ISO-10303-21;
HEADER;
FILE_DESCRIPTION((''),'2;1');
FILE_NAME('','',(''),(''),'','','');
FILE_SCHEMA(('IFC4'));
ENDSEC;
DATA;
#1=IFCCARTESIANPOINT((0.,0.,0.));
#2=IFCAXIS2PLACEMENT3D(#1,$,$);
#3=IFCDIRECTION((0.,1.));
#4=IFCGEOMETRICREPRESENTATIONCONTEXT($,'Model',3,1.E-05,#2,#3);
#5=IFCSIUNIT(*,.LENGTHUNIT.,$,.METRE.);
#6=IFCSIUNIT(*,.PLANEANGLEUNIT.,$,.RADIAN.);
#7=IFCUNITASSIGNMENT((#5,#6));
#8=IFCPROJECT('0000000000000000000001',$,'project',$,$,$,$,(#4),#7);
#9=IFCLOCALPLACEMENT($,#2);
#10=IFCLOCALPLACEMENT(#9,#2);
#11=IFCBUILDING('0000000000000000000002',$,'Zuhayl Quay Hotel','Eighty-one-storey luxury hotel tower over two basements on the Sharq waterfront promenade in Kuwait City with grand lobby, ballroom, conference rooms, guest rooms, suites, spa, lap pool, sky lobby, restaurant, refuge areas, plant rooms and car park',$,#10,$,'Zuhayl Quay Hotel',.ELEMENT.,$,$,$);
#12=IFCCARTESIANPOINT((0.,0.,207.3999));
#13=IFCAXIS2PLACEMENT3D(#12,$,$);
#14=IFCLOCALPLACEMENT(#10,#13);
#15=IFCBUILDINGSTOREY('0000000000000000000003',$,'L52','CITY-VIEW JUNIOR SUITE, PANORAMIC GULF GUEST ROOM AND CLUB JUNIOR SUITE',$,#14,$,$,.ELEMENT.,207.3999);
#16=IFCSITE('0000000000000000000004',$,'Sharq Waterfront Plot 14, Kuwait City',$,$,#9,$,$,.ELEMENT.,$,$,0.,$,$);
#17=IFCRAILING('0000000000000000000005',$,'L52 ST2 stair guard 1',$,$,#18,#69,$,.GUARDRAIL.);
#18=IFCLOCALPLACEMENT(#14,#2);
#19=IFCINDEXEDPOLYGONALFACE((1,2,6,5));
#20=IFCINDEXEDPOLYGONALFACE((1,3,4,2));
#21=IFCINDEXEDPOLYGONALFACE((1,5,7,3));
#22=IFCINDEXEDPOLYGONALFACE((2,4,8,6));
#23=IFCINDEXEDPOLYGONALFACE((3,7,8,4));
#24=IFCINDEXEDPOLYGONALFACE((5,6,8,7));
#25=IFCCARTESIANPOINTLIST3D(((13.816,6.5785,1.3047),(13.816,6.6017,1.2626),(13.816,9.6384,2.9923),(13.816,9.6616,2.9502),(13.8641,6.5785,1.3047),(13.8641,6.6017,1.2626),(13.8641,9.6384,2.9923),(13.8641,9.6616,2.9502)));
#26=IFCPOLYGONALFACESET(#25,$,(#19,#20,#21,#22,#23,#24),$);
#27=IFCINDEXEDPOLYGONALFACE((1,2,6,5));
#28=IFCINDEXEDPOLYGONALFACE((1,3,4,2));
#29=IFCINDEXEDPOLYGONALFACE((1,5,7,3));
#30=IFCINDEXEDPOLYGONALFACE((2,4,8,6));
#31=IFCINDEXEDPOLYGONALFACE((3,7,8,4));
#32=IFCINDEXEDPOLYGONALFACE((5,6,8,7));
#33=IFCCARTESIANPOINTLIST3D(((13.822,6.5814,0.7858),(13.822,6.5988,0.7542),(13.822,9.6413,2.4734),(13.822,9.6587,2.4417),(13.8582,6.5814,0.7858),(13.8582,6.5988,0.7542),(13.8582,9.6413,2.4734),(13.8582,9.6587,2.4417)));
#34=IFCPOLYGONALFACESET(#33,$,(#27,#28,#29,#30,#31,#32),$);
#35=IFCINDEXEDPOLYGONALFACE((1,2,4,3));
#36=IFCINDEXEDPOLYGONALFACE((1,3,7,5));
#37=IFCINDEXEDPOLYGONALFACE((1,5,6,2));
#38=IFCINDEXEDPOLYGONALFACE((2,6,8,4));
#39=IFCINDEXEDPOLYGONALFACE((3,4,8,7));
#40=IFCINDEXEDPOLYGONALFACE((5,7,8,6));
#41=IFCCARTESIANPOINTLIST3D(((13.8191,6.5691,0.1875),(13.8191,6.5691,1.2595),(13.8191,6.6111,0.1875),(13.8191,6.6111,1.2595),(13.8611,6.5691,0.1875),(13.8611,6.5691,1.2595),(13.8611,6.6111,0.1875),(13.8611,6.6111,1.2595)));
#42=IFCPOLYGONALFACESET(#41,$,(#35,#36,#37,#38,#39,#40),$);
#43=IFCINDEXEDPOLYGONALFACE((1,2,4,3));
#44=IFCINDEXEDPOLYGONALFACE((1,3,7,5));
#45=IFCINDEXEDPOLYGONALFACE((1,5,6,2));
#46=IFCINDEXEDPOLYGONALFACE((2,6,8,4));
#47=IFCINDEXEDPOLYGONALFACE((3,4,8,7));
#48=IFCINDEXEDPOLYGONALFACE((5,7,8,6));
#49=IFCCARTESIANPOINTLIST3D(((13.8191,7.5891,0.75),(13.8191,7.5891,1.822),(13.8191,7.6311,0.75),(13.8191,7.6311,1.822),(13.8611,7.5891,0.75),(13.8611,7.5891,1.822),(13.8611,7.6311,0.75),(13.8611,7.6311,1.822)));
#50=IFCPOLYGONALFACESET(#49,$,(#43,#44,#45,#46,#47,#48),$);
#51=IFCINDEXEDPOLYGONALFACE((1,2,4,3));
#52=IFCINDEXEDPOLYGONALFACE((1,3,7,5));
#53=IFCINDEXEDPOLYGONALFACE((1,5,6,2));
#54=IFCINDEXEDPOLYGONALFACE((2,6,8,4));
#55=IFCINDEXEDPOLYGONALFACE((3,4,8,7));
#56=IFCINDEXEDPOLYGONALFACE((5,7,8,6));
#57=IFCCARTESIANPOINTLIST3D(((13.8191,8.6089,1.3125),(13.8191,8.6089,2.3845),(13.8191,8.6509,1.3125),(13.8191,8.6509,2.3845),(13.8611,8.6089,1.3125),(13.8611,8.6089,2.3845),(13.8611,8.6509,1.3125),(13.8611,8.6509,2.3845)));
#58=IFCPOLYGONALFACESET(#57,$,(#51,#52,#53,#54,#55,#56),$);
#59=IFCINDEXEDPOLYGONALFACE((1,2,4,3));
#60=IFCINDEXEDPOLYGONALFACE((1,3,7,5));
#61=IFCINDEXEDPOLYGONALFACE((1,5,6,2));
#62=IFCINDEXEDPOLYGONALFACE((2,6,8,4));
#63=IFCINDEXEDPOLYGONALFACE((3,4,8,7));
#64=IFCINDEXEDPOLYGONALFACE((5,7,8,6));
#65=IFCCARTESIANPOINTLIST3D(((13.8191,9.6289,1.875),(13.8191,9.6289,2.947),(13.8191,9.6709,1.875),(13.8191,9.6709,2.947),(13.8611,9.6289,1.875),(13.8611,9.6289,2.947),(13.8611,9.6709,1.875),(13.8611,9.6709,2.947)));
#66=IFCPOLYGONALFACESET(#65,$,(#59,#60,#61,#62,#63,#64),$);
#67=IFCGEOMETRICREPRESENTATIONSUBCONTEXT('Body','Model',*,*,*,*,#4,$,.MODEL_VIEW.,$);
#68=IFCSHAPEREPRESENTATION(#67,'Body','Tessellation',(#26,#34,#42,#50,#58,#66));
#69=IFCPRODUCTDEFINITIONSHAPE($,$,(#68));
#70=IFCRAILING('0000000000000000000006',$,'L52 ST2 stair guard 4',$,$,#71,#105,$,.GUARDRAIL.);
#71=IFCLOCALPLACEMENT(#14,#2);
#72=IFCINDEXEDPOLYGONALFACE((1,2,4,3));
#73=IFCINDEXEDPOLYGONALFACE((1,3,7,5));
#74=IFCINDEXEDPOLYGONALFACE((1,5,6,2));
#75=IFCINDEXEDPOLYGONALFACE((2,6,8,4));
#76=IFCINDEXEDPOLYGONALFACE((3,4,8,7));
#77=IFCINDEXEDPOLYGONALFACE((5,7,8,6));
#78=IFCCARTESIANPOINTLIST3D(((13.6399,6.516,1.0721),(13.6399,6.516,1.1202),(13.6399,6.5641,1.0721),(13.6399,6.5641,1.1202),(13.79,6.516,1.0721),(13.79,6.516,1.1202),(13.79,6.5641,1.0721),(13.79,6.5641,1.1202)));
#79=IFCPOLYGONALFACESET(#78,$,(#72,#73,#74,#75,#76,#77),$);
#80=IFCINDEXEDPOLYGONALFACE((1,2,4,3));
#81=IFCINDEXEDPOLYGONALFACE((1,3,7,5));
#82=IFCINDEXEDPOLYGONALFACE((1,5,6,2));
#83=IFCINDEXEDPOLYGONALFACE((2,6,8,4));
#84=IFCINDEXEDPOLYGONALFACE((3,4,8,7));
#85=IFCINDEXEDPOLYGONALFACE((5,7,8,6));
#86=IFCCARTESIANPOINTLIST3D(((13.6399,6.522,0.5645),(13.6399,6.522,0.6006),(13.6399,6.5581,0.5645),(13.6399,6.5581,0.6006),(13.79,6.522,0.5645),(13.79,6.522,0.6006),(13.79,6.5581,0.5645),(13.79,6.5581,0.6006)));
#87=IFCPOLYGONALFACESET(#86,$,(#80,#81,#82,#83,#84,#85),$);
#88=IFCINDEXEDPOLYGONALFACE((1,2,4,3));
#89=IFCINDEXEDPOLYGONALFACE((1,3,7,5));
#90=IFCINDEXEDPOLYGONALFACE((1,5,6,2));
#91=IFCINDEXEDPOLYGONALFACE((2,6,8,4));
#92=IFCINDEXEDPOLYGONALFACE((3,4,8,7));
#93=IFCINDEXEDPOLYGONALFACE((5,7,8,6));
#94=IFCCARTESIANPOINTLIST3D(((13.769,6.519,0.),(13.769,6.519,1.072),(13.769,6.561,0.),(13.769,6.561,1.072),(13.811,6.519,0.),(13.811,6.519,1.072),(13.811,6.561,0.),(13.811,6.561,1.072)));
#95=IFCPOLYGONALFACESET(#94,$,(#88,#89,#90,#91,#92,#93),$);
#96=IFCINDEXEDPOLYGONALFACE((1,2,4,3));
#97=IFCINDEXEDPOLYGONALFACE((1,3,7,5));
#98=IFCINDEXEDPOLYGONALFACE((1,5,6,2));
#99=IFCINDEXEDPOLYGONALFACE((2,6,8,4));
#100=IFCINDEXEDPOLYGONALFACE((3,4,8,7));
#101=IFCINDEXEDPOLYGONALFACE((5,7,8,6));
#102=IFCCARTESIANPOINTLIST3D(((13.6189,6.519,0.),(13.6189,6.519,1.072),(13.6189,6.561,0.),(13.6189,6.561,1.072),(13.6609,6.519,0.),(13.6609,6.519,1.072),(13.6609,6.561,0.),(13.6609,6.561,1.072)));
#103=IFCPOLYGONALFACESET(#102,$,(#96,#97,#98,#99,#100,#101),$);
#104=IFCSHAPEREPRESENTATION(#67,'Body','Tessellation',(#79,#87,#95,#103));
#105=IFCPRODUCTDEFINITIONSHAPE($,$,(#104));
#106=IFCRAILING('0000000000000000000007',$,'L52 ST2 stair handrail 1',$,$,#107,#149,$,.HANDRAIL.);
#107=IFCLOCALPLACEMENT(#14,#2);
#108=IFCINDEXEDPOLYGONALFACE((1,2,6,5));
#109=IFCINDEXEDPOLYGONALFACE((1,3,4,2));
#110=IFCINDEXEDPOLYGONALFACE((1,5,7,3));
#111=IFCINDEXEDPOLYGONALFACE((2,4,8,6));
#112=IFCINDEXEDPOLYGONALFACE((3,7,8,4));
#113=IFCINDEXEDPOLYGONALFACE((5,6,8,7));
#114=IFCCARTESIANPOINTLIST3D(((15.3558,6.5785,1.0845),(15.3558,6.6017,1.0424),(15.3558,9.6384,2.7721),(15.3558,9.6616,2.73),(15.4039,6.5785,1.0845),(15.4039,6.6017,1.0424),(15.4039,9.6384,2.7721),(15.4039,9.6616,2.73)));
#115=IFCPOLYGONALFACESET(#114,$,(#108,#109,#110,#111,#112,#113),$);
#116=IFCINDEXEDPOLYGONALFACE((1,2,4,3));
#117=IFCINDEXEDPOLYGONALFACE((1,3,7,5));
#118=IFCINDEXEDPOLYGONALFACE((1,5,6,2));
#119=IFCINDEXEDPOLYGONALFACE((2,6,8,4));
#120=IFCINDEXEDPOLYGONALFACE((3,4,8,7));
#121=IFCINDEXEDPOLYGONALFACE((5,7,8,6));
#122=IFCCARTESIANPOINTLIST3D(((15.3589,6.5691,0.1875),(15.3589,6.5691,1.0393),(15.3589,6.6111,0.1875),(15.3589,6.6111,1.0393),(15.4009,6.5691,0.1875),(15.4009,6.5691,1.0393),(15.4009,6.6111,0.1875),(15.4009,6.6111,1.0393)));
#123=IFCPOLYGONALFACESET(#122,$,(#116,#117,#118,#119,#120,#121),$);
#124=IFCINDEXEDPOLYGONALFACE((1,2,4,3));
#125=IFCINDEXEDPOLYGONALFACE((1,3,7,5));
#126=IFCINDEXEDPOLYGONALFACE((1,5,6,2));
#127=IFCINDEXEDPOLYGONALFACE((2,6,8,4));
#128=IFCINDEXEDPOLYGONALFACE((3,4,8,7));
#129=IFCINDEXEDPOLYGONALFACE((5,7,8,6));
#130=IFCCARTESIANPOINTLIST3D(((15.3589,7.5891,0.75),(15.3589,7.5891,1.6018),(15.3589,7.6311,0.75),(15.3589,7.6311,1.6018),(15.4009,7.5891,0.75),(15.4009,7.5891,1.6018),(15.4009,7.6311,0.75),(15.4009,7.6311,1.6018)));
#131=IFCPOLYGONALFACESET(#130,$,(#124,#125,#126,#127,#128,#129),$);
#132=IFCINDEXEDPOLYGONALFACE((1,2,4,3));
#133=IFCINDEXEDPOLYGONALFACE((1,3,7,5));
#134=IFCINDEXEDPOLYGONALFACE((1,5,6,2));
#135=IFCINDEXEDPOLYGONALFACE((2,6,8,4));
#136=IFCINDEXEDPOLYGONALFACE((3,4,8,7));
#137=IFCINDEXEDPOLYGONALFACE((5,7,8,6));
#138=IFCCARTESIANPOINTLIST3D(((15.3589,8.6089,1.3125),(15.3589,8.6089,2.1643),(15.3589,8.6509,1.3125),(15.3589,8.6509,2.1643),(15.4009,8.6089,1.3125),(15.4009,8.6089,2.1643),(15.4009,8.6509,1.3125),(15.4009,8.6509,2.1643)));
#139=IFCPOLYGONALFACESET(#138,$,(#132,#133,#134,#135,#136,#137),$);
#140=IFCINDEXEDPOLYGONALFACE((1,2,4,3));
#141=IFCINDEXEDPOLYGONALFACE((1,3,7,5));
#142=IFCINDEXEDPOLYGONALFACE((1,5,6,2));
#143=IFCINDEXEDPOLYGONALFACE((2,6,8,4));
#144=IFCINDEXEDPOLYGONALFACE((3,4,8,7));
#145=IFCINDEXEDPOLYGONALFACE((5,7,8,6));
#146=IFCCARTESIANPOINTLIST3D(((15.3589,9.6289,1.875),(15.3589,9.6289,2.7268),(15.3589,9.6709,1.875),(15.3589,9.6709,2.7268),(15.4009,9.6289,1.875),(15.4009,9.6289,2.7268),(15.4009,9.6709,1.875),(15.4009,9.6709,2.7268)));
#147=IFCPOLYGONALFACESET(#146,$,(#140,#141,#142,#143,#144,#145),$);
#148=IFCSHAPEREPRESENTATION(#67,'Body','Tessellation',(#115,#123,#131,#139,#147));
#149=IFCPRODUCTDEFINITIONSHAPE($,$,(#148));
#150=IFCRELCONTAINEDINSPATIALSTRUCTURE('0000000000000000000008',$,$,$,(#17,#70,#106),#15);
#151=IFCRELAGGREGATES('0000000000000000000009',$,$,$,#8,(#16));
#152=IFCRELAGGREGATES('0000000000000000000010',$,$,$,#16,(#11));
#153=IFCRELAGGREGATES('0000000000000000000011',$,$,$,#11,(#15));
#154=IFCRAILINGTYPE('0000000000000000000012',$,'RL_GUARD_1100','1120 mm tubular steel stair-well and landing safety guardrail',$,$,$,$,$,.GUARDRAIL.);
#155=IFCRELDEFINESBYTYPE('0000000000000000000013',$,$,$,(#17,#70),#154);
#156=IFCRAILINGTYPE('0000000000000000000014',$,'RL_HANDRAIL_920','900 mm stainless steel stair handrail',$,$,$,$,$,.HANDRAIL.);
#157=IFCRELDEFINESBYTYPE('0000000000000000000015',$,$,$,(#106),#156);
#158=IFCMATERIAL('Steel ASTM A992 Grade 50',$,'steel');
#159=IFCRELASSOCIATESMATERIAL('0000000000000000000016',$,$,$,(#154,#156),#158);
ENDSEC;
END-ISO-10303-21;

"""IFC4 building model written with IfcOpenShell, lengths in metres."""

from ifc_helpers import new_model, si_unit, direction, frame, origin, origin_2d, place, context, subcontext, project, spatial, rectangle, extrude, material, type_object, element, save


model = new_model("IFC4")

# Units and contexts
model_context = context("Model", 3, precision=1e-05, world=origin(), true_north=direction((0.0, 1.0)))
body_context = subcontext(model_context, "Body", "Model", "MODEL_VIEW")
ifc_project = project(units=[si_unit("LENGTHUNIT", "METRE"), si_unit("PLANEANGLEUNIT", "RADIAN")], contexts=[model_context])

# Site, building, storey
site_placement = place(None, origin())
site = spatial("IfcSite", under=ifc_project, at=site_placement, Name="Sharq Waterfront Plot 14, Kuwait City", CompositionType="ELEMENT", RefElevation=0.0)
building_placement = place(site_placement, origin())
building = spatial("IfcBuilding", under=site, at=building_placement, Name="Zuhayl Quay Hotel", Description="Eighty-one-storey luxury hotel tower over two basements on the Sharq waterfront promenade in Kuwait City with grand lobby, ballroom, conference rooms, guest rooms, suites, spa, lap pool, sky lobby, restaurant, refuge areas, plant rooms and car park", LongName="Zuhayl Quay Hotel", CompositionType="ELEMENT")
storey_placement = place(building_placement, frame((0.0, 0.0, 207.3999)))
storey = spatial("IfcBuildingStorey", under=building, at=storey_placement, Name="L52", Description="CITY-VIEW JUNIOR SUITE, PANORAMIC GULF GUEST ROOM AND CLUB JUNIOR SUITE", CompositionType="ELEMENT", Elevation=207.3999)

# Railings
ifc_material_1 = material(Name="Steel ASTM A992 Grade 50", Category="steel")
railing_type_1 = type_object("IfcRailingType", Name="RL_GUARD_1100", Description="1120 mm tubular steel stair-well and landing safety guardrail", PredefinedType="GUARDRAIL", material=ifc_material_1)
railing_1_placement = place(storey_placement, frame((13.8401, 6.5901, 0.1875)))
element("IfcRailing", 1, at=railing_1_placement, inside=storey, type_object=railing_type_1, Name="L52 ST2 stair guard 1", PredefinedType="GUARDRAIL", context=body_context, shape_type="SweptSolid", body=[
    extrude(rectangle(XDim=0.0481, YDim=0.0481, at=origin_2d()), frame((0.0, 0.0, 1.0962), z_axis=(0.0, 0.875659, 0.48293), x_axis=(-1.0, 0.0, 0.0)), (0.0, 0.0, 1.0), 3.4944),
    extrude(rectangle(XDim=0.0361, YDim=0.0361, at=origin_2d()), frame((0.0, 0.0, 0.5825), z_axis=(0.0, 0.875659, 0.48293), x_axis=(-1.0, 0.0, 0.0)), (0.0, 0.0, 1.0), 3.4944),
    extrude(rectangle(XDim=0.042, YDim=0.042, at=origin_2d()), origin(), (0.0, 0.0, 1.0), 1.072),
    extrude(rectangle(XDim=0.042, YDim=0.042, at=origin_2d()), frame((0.0, 1.02, 0.5625)), (0.0, 0.0, 1.0), 1.072),
    extrude(rectangle(XDim=0.042, YDim=0.042, at=origin_2d()), frame((0.0, 2.0398, 1.125)), (0.0, 0.0, 1.0), 1.072),
    extrude(rectangle(XDim=0.042, YDim=0.042, at=origin_2d()), frame((0.0, 3.0598, 1.6875)), (0.0, 0.0, 1.0), 1.072),
])
railing_2_placement = place(storey_placement, frame((13.79, 6.54, 0.0)))
element("IfcRailing", 2, at=railing_2_placement, inside=storey, type_object=railing_type_1, Name="L52 ST2 stair guard 4", PredefinedType="GUARDRAIL", context=body_context, shape_type="SweptSolid", body=[
    extrude(rectangle(XDim=0.0481, YDim=0.0481, at=origin_2d()), frame((0.0, 0.0, 1.0962), z_axis=(-1.0, 0.0, 0.0), x_axis=(0.0, -1.0, 0.0)), (0.0, 0.0, 1.0), 0.1501),
    extrude(rectangle(XDim=0.0361, YDim=0.0361, at=origin_2d()), frame((0.0, 0.0, 0.5825), z_axis=(-1.0, 0.0, 0.0), x_axis=(0.0, -1.0, 0.0)), (0.0, 0.0, 1.0), 0.1501),
    extrude(rectangle(XDim=0.042, YDim=0.042, at=origin_2d()), origin(), (0.0, 0.0, 1.0), 1.072),
    extrude(rectangle(XDim=0.042, YDim=0.042, at=origin_2d()), frame((-0.1501, 0.0, 0.0)), (0.0, 0.0, 1.0), 1.072),
])
railing_type_2 = type_object("IfcRailingType", Name="RL_HANDRAIL_920", Description="900 mm stainless steel stair handrail", PredefinedType="HANDRAIL", material=ifc_material_1)
railing_3_placement = place(storey_placement, frame((15.3799, 6.5901, 0.1875)))
element("IfcRailing", 3, at=railing_3_placement, inside=storey, type_object=railing_type_2, Name="L52 ST2 stair handrail 1", PredefinedType="HANDRAIL", context=body_context, shape_type="SweptSolid", body=[
    extrude(rectangle(XDim=0.0481, YDim=0.0481, at=origin_2d()), frame((0.0, 0.0, 0.876), z_axis=(0.0, 0.875659, 0.48293), x_axis=(-1.0, 0.0, 0.0)), (0.0, 0.0, 1.0), 3.4944),
    extrude(rectangle(XDim=0.042, YDim=0.042, at=origin_2d()), origin(), (0.0, 0.0, 1.0), 0.8518),
    extrude(rectangle(XDim=0.042, YDim=0.042, at=origin_2d()), frame((0.0, 1.02, 0.5625)), (0.0, 0.0, 1.0), 0.8518),
    extrude(rectangle(XDim=0.042, YDim=0.042, at=origin_2d()), frame((0.0, 2.0398, 1.125)), (0.0, 0.0, 1.0), 0.8518),
    extrude(rectangle(XDim=0.042, YDim=0.042, at=origin_2d()), frame((0.0, 3.0598, 1.6875)), (0.0, 0.0, 1.0), 0.8518),
])

save(model, "model.ifc")
